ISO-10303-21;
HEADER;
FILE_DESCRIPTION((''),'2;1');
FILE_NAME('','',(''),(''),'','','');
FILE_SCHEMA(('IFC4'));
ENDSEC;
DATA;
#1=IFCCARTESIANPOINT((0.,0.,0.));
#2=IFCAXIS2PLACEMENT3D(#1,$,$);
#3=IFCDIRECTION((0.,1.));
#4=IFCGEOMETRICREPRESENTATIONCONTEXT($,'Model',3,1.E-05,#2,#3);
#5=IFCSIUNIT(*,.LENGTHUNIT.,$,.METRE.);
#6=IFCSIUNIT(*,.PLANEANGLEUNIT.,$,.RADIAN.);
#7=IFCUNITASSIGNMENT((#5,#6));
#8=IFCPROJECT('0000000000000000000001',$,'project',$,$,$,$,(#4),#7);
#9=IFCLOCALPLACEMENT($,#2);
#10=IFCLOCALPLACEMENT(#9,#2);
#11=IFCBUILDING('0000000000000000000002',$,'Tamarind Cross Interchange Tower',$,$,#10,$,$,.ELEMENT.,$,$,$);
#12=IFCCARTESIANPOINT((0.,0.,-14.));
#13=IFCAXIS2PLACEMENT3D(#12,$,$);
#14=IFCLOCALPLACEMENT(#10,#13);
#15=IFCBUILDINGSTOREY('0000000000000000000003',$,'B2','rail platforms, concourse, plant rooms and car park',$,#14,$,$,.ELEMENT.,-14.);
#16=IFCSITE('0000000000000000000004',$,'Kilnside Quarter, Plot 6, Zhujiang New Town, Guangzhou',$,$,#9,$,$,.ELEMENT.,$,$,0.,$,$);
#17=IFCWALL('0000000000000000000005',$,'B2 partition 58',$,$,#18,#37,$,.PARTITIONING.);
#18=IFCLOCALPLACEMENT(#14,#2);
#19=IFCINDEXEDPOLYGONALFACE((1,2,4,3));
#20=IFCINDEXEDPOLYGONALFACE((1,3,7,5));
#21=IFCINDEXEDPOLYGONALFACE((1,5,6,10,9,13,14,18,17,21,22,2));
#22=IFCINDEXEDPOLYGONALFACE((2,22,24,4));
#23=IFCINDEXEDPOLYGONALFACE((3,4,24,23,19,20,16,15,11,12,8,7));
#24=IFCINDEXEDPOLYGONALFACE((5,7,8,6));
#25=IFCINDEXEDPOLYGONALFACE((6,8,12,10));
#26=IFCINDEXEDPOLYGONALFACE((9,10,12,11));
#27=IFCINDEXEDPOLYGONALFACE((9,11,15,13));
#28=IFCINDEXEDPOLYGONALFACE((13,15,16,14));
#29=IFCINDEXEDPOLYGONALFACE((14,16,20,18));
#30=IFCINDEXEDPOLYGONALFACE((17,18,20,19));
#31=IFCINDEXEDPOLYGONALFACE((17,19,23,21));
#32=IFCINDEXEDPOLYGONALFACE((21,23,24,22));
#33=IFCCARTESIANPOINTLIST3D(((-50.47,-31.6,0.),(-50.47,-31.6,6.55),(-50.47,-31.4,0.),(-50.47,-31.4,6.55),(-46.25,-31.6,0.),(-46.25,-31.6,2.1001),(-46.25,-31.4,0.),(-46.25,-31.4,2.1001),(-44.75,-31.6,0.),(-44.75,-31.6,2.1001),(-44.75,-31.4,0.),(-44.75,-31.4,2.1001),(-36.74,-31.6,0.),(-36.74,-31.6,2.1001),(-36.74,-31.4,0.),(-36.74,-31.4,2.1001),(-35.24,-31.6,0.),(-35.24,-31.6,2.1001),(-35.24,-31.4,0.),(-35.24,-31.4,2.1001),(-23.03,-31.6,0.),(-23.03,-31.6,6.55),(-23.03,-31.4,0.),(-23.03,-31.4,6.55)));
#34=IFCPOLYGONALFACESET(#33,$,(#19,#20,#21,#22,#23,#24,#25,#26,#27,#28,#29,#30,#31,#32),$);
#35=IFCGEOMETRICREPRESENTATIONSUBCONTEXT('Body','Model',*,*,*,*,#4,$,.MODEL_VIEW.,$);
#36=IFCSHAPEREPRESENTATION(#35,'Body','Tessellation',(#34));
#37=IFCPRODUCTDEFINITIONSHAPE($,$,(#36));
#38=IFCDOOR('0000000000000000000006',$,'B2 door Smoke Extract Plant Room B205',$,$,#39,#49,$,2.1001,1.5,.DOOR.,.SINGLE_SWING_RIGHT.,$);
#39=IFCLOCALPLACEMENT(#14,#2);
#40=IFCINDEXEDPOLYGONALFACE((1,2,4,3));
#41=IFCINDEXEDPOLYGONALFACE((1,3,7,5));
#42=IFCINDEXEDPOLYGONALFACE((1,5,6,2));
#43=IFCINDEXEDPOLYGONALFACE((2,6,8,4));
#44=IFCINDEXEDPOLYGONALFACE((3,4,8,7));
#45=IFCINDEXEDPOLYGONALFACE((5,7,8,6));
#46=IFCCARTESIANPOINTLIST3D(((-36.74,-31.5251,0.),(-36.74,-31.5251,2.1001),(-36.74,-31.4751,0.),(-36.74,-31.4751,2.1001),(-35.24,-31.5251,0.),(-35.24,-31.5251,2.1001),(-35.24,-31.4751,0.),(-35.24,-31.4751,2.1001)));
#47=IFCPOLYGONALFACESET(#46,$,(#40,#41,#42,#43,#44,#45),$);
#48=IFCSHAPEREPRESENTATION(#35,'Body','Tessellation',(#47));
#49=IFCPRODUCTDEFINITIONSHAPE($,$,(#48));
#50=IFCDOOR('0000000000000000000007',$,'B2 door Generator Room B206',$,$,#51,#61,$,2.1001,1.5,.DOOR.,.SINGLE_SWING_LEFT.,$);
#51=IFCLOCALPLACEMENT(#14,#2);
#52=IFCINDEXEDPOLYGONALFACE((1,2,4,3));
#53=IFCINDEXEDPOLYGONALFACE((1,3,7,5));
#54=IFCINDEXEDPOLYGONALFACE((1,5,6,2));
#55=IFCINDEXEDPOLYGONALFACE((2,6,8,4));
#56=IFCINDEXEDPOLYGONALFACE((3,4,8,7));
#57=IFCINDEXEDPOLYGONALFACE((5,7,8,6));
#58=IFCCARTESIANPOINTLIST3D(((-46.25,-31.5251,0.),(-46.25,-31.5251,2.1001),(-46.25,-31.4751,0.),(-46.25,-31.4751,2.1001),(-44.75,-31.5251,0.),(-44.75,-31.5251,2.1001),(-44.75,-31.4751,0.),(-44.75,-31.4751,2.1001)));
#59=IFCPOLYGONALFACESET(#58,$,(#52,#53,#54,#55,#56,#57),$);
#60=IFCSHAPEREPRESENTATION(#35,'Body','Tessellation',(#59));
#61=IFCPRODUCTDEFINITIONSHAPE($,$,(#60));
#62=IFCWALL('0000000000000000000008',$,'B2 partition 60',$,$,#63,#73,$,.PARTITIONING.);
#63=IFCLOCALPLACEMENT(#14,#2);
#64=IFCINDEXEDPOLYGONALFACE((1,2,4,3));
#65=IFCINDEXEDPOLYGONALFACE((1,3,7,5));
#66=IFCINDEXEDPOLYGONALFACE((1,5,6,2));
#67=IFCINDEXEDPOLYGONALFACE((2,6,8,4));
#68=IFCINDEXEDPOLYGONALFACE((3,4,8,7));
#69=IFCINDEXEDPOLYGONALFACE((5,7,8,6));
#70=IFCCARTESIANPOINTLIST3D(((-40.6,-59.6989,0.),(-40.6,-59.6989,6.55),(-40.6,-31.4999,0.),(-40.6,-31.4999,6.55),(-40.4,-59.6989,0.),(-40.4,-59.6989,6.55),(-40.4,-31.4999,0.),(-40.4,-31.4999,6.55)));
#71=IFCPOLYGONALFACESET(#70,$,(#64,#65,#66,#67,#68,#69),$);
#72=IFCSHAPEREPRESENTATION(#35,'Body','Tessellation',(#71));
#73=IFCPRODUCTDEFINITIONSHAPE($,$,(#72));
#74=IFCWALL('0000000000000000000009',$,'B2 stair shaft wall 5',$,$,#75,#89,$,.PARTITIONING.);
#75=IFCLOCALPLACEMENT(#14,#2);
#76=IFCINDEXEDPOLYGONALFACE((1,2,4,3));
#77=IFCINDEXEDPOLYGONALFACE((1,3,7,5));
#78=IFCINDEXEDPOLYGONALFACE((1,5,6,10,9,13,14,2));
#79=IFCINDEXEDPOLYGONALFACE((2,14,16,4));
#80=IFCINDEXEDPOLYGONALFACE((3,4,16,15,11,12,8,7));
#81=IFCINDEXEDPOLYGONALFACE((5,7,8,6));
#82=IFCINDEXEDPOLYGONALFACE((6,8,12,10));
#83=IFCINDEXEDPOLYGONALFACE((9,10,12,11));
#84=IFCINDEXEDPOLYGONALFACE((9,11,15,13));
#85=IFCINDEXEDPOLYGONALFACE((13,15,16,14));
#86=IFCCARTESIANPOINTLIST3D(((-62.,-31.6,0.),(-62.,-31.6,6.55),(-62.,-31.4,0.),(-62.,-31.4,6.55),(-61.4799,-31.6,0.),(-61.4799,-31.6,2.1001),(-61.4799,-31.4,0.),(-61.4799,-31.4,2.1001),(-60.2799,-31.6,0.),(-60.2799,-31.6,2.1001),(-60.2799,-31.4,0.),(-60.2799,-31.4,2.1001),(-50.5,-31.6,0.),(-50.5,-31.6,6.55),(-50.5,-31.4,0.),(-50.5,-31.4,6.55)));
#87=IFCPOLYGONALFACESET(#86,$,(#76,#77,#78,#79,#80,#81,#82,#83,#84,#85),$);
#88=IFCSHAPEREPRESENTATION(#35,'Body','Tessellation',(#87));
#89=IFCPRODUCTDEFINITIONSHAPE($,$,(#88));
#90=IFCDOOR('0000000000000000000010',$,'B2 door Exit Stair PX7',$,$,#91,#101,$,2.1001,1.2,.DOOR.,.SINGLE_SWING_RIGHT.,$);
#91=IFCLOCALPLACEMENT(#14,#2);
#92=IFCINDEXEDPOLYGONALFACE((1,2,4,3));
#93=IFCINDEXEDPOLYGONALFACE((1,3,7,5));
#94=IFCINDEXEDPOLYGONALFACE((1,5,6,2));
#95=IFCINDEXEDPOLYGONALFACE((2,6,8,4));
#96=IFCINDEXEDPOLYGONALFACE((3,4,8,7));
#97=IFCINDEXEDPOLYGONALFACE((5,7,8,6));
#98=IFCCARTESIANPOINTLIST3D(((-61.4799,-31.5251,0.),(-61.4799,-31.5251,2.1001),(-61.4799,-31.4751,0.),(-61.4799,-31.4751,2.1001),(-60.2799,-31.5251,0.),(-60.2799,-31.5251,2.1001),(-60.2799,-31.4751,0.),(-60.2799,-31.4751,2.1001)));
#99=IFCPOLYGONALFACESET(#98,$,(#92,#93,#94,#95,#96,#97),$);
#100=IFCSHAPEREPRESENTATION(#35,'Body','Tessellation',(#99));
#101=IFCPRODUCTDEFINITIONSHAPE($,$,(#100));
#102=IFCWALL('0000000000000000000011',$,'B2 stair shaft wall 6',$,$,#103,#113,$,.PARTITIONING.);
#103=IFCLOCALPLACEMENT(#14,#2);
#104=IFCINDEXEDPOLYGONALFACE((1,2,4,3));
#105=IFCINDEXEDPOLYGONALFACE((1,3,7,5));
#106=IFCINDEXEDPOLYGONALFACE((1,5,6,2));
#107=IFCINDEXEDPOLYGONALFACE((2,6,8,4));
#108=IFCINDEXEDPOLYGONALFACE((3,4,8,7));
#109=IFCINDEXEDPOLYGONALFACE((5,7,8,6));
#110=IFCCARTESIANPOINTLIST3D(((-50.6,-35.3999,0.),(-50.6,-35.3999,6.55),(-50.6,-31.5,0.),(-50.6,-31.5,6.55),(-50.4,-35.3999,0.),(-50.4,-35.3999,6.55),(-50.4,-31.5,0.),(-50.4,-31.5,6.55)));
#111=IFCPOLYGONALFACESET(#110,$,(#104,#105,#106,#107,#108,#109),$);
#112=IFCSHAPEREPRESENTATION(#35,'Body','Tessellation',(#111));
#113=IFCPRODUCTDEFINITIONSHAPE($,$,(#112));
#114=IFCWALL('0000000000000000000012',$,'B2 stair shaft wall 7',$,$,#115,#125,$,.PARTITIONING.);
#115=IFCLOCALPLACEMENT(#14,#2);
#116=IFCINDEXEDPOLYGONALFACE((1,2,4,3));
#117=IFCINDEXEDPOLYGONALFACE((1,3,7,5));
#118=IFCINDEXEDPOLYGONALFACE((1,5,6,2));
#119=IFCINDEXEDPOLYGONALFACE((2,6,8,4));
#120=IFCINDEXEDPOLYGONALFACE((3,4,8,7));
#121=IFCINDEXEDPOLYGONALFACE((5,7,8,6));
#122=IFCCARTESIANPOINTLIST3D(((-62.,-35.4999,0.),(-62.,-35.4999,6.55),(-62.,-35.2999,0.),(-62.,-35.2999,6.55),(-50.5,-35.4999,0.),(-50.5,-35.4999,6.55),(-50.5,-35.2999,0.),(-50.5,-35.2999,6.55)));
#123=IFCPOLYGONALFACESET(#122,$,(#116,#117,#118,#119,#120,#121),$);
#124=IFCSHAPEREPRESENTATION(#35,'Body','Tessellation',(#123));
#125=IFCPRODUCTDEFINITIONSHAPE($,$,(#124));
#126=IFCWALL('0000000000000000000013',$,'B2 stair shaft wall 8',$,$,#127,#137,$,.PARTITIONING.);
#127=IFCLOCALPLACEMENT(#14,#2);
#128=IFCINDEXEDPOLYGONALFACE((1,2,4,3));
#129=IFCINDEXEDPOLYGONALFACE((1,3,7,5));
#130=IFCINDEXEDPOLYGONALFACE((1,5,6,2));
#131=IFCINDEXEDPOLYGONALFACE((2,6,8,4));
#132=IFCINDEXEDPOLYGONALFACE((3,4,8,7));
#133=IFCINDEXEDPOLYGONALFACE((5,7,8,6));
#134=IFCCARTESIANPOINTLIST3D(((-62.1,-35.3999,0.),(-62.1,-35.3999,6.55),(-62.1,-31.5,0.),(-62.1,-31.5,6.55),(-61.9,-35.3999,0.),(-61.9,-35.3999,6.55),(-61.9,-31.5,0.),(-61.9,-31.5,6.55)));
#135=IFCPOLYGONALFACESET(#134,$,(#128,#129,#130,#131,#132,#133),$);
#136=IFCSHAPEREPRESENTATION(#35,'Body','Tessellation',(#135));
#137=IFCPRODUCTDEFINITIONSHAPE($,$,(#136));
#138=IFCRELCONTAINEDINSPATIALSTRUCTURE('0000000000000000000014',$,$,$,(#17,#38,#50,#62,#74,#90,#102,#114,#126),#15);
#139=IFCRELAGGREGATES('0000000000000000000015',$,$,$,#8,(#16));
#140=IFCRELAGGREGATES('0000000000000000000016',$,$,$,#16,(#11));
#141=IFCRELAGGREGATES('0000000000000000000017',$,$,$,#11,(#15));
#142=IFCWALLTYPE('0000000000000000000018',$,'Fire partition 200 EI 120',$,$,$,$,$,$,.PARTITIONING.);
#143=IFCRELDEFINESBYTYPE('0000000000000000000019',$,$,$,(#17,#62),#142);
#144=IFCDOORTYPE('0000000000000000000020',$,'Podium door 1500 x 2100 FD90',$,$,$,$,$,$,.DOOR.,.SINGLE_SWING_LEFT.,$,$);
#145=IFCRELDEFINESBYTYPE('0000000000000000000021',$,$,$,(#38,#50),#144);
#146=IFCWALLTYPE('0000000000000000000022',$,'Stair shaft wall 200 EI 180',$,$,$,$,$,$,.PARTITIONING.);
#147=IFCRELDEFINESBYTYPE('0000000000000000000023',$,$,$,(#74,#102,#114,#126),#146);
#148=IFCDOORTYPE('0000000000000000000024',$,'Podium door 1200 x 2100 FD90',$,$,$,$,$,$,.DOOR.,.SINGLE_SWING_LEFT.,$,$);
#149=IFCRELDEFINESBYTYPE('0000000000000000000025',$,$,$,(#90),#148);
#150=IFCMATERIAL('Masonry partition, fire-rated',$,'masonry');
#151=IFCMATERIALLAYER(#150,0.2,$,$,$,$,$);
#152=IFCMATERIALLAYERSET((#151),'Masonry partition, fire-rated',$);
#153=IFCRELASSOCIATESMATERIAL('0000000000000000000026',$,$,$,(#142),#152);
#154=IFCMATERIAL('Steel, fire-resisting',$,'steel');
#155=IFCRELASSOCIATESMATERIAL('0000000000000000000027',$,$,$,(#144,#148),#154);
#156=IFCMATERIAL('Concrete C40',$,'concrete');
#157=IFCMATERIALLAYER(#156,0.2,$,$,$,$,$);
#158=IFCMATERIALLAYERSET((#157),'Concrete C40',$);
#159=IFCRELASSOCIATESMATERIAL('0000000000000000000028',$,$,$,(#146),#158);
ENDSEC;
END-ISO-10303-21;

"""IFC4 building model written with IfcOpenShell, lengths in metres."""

from ifc_helpers import new_model, si_unit, direction, frame, frame_2d, origin, place, context, subcontext, project, spatial, rectangle, extrude, material, layer, layer_set, type_object, element, fill, save


model = new_model("IFC4")

# Units and contexts
model_context = context("Model", 3, precision=1e-05, world=origin(), true_north=direction((0.0, 1.0)))
body_context = subcontext(model_context, "Body", "Model", "MODEL_VIEW")
ifc_project = project(units=[si_unit("LENGTHUNIT", "METRE"), si_unit("PLANEANGLEUNIT", "RADIAN")], contexts=[model_context])

# Site, building, storey
site_placement = place(None, origin())
site = spatial("IfcSite", under=ifc_project, at=site_placement, Name="Kilnside Quarter, Plot 6, Zhujiang New Town, Guangzhou", CompositionType="ELEMENT", RefElevation=0.0)
building_placement = place(site_placement, origin())
building = spatial("IfcBuilding", under=site, at=building_placement, Name="Tamarind Cross Interchange Tower", CompositionType="ELEMENT")
storey_placement = place(building_placement, frame((0.0, 0.0, -14.0)))
storey = spatial("IfcBuildingStorey", under=building, at=storey_placement, Name="B2", Description="rail platforms, concourse, plant rooms and car park", CompositionType="ELEMENT", Elevation=-14.0)

# Shared definitions
ifc_material_1 = material(Name="Concrete C40", Category="concrete")

# Shared definitions
ifc_material_2 = material(Name="Masonry partition, fire-rated", Category="masonry")
ifc_layer_1 = layer(ifc_material_2, 0.2)
ifc_layer_set_1 = layer_set([ifc_layer_1], Name="Masonry partition, fire-rated")
wall_type_1 = type_object("IfcWallType", Name="Fire partition 200 EI 120", PredefinedType="PARTITIONING", material=ifc_layer_set_1)
ifc_material_3 = material(Name="Steel, fire-resisting", Category="steel")
door_type_1 = type_object("IfcDoorType", Name="Podium door 1500 x 2100 FD90", OperationType="SINGLE_SWING_LEFT", PredefinedType="DOOR", material=ifc_material_3)

# Wall, openings, doors
wall_1_placement = place(storey_placement, frame((-50.47, -31.5, 0.0), z_axis=(0.0, 0.0, 1.0), x_axis=(1.0, 0.0, 0.0)))
wall_1 = element("IfcWall", 1, at=wall_1_placement, inside=storey, type_object=wall_type_1, Name="B2 partition 58", PredefinedType="PARTITIONING", context=body_context, shape_type="SweptSolid", body=[
    extrude(rectangle(XDim=27.4399, YDim=0.2, at=frame_2d((13.72, 0.0))), origin(), (0.0, 0.0, 1.0), 6.55),
])
opening_1_placement = place(wall_1_placement, frame((13.73, 0.0, 0.0)))
opening_1 = element("IfcOpeningElement", 2, at=opening_1_placement, cuts=wall_1, PredefinedType="OPENING", context=body_context, shape_type="SweptSolid", body=[
    extrude(rectangle(XDim=1.5, YDim=2.1001, at=frame_2d((0.75, 1.05))), frame((0.0, 0.1099, 0.0), z_axis=(0.0, -1.0, 0.0), x_axis=(1.0, 0.0, 0.0)), (0.0, 0.0, 1.0), 0.22),
])
opening_2_placement = place(wall_1_placement, frame((4.22, 0.0, 0.0)))
opening_2 = element("IfcOpeningElement", 3, at=opening_2_placement, cuts=wall_1, PredefinedType="OPENING", context=body_context, shape_type="SweptSolid", body=[
    extrude(rectangle(XDim=1.5, YDim=2.1001, at=frame_2d((0.75, 1.05))), frame((0.0, 0.1099, 0.0), z_axis=(0.0, -1.0, 0.0), x_axis=(1.0, 0.0, 0.0)), (0.0, 0.0, 1.0), 0.22),
])
door_1_placement = place(opening_1_placement, origin())
door_1 = element("IfcDoor", 4, at=door_1_placement, inside=storey, type_object=door_type_1, Name="B2 door Smoke Extract Plant Room B205", OperationType="SINGLE_SWING_RIGHT", OverallHeight=2.1001, OverallWidth=1.5, PredefinedType="DOOR", context=body_context, shape_type="SweptSolid", body=[
    extrude(rectangle(XDim=1.5, YDim=2.1001, at=frame_2d((0.75, 1.05))), frame((0.0, 0.0249, 0.0), z_axis=(0.0, -1.0, 0.0), x_axis=(1.0, 0.0, 0.0)), (0.0, 0.0, 1.0), 0.05),
])
fill(opening_1, door_1)
door_2_placement = place(opening_2_placement, origin())
door_2 = element("IfcDoor", 5, at=door_2_placement, inside=storey, type_object=door_type_1, Name="B2 door Generator Room B206", OperationType="SINGLE_SWING_LEFT", OverallHeight=2.1001, OverallWidth=1.5, PredefinedType="DOOR", context=body_context, shape_type="SweptSolid", body=[
    extrude(rectangle(XDim=1.5, YDim=2.1001, at=frame_2d((0.75, 1.05))), frame((0.0, 0.0249, 0.0), z_axis=(0.0, -1.0, 0.0), x_axis=(1.0, 0.0, 0.0)), (0.0, 0.0, 1.0), 0.05),
])
fill(opening_2, door_2)

# Wall
wall_2_placement = place(storey_placement, frame((-40.5, -59.699, 0.0), z_axis=(0.0, 0.0, 1.0), x_axis=(0.0, 1.0, 0.0)))
element("IfcWall", 6, at=wall_2_placement, inside=storey, type_object=wall_type_1, Name="B2 partition 60", PredefinedType="PARTITIONING", context=body_context, shape_type="SweptSolid", body=[
    extrude(rectangle(XDim=28.199, YDim=0.2, at=frame_2d((14.0996, 0.0))), origin(), (0.0, 0.0, 1.0), 6.55),
])

# Wall, opening, door
ifc_layer_2 = layer(ifc_material_1, 0.2)
ifc_layer_set_2 = layer_set([ifc_layer_2], Name="Concrete C40")
wall_type_2 = type_object("IfcWallType", Name="Stair shaft wall 200 EI 180", PredefinedType="PARTITIONING", material=ifc_layer_set_2)
wall_3_placement = place(storey_placement, frame((-62.0, -31.5, 0.0), z_axis=(0.0, 0.0, 1.0), x_axis=(1.0, 0.0, 0.0)))
wall_3 = element("IfcWall", 7, at=wall_3_placement, inside=storey, type_object=wall_type_2, Name="B2 stair shaft wall 5", PredefinedType="PARTITIONING", context=body_context, shape_type="SweptSolid", body=[
    extrude(rectangle(XDim=11.5, YDim=0.2, at=frame_2d((5.75, 0.0))), origin(), (0.0, 0.0, 1.0), 6.55),
])
opening_3_placement = place(wall_3_placement, frame((0.52, 0.0, 0.0)))
opening_3 = element("IfcOpeningElement", 8, at=opening_3_placement, cuts=wall_3, PredefinedType="OPENING", context=body_context, shape_type="SweptSolid", body=[
    extrude(rectangle(XDim=1.2, YDim=2.1001, at=frame_2d((0.6001, 1.05))), frame((0.0, 0.1099, 0.0), z_axis=(0.0, -1.0, 0.0), x_axis=(1.0, 0.0, 0.0)), (0.0, 0.0, 1.0), 0.22),
])
door_type_2 = type_object("IfcDoorType", Name="Podium door 1200 x 2100 FD90", OperationType="SINGLE_SWING_LEFT", PredefinedType="DOOR", material=ifc_material_3)
door_3_placement = place(opening_3_placement, origin())
door_3 = element("IfcDoor", 9, at=door_3_placement, inside=storey, type_object=door_type_2, Name="B2 door Exit Stair PX7", OperationType="SINGLE_SWING_RIGHT", OverallHeight=2.1001, OverallWidth=1.2, PredefinedType="DOOR", context=body_context, shape_type="SweptSolid", body=[
    extrude(rectangle(XDim=1.2, YDim=2.1001, at=frame_2d((0.6001, 1.05))), frame((0.0, 0.0249, 0.0), z_axis=(0.0, -1.0, 0.0), x_axis=(1.0, 0.0, 0.0)), (0.0, 0.0, 1.0), 0.05),
])
fill(opening_3, door_3)

# Walls
wall_4_placement = place(storey_placement, frame((-50.5, -35.3999, 0.0), z_axis=(0.0, 0.0, 1.0), x_axis=(0.0, 1.0, 0.0)))
element("IfcWall", 10, at=wall_4_placement, inside=storey, type_object=wall_type_2, Name="B2 stair shaft wall 6", PredefinedType="PARTITIONING", context=body_context, shape_type="SweptSolid", body=[
    extrude(rectangle(XDim=3.8999, YDim=0.2, at=frame_2d((1.95, 0.0))), origin(), (0.0, 0.0, 1.0), 6.55),
])
wall_5_placement = place(storey_placement, frame((-62.0, -35.3999, 0.0), z_axis=(0.0, 0.0, 1.0), x_axis=(1.0, 0.0, 0.0)))
element("IfcWall", 11, at=wall_5_placement, inside=storey, type_object=wall_type_2, Name="B2 stair shaft wall 7", PredefinedType="PARTITIONING", context=body_context, shape_type="SweptSolid", body=[
    extrude(rectangle(XDim=11.5, YDim=0.2, at=frame_2d((5.75, 0.0))), origin(), (0.0, 0.0, 1.0), 6.55),
])
wall_6_placement = place(storey_placement, frame((-62.0, -35.3999, 0.0), z_axis=(0.0, 0.0, 1.0), x_axis=(0.0, 1.0, 0.0)))
element("IfcWall", 12, at=wall_6_placement, inside=storey, type_object=wall_type_2, Name="B2 stair shaft wall 8", PredefinedType="PARTITIONING", context=body_context, shape_type="SweptSolid", body=[
    extrude(rectangle(XDim=3.8999, YDim=0.2, at=frame_2d((1.95, 0.0))), origin(), (0.0, 0.0, 1.0), 6.55),
])

save(model, "model.ifc")
